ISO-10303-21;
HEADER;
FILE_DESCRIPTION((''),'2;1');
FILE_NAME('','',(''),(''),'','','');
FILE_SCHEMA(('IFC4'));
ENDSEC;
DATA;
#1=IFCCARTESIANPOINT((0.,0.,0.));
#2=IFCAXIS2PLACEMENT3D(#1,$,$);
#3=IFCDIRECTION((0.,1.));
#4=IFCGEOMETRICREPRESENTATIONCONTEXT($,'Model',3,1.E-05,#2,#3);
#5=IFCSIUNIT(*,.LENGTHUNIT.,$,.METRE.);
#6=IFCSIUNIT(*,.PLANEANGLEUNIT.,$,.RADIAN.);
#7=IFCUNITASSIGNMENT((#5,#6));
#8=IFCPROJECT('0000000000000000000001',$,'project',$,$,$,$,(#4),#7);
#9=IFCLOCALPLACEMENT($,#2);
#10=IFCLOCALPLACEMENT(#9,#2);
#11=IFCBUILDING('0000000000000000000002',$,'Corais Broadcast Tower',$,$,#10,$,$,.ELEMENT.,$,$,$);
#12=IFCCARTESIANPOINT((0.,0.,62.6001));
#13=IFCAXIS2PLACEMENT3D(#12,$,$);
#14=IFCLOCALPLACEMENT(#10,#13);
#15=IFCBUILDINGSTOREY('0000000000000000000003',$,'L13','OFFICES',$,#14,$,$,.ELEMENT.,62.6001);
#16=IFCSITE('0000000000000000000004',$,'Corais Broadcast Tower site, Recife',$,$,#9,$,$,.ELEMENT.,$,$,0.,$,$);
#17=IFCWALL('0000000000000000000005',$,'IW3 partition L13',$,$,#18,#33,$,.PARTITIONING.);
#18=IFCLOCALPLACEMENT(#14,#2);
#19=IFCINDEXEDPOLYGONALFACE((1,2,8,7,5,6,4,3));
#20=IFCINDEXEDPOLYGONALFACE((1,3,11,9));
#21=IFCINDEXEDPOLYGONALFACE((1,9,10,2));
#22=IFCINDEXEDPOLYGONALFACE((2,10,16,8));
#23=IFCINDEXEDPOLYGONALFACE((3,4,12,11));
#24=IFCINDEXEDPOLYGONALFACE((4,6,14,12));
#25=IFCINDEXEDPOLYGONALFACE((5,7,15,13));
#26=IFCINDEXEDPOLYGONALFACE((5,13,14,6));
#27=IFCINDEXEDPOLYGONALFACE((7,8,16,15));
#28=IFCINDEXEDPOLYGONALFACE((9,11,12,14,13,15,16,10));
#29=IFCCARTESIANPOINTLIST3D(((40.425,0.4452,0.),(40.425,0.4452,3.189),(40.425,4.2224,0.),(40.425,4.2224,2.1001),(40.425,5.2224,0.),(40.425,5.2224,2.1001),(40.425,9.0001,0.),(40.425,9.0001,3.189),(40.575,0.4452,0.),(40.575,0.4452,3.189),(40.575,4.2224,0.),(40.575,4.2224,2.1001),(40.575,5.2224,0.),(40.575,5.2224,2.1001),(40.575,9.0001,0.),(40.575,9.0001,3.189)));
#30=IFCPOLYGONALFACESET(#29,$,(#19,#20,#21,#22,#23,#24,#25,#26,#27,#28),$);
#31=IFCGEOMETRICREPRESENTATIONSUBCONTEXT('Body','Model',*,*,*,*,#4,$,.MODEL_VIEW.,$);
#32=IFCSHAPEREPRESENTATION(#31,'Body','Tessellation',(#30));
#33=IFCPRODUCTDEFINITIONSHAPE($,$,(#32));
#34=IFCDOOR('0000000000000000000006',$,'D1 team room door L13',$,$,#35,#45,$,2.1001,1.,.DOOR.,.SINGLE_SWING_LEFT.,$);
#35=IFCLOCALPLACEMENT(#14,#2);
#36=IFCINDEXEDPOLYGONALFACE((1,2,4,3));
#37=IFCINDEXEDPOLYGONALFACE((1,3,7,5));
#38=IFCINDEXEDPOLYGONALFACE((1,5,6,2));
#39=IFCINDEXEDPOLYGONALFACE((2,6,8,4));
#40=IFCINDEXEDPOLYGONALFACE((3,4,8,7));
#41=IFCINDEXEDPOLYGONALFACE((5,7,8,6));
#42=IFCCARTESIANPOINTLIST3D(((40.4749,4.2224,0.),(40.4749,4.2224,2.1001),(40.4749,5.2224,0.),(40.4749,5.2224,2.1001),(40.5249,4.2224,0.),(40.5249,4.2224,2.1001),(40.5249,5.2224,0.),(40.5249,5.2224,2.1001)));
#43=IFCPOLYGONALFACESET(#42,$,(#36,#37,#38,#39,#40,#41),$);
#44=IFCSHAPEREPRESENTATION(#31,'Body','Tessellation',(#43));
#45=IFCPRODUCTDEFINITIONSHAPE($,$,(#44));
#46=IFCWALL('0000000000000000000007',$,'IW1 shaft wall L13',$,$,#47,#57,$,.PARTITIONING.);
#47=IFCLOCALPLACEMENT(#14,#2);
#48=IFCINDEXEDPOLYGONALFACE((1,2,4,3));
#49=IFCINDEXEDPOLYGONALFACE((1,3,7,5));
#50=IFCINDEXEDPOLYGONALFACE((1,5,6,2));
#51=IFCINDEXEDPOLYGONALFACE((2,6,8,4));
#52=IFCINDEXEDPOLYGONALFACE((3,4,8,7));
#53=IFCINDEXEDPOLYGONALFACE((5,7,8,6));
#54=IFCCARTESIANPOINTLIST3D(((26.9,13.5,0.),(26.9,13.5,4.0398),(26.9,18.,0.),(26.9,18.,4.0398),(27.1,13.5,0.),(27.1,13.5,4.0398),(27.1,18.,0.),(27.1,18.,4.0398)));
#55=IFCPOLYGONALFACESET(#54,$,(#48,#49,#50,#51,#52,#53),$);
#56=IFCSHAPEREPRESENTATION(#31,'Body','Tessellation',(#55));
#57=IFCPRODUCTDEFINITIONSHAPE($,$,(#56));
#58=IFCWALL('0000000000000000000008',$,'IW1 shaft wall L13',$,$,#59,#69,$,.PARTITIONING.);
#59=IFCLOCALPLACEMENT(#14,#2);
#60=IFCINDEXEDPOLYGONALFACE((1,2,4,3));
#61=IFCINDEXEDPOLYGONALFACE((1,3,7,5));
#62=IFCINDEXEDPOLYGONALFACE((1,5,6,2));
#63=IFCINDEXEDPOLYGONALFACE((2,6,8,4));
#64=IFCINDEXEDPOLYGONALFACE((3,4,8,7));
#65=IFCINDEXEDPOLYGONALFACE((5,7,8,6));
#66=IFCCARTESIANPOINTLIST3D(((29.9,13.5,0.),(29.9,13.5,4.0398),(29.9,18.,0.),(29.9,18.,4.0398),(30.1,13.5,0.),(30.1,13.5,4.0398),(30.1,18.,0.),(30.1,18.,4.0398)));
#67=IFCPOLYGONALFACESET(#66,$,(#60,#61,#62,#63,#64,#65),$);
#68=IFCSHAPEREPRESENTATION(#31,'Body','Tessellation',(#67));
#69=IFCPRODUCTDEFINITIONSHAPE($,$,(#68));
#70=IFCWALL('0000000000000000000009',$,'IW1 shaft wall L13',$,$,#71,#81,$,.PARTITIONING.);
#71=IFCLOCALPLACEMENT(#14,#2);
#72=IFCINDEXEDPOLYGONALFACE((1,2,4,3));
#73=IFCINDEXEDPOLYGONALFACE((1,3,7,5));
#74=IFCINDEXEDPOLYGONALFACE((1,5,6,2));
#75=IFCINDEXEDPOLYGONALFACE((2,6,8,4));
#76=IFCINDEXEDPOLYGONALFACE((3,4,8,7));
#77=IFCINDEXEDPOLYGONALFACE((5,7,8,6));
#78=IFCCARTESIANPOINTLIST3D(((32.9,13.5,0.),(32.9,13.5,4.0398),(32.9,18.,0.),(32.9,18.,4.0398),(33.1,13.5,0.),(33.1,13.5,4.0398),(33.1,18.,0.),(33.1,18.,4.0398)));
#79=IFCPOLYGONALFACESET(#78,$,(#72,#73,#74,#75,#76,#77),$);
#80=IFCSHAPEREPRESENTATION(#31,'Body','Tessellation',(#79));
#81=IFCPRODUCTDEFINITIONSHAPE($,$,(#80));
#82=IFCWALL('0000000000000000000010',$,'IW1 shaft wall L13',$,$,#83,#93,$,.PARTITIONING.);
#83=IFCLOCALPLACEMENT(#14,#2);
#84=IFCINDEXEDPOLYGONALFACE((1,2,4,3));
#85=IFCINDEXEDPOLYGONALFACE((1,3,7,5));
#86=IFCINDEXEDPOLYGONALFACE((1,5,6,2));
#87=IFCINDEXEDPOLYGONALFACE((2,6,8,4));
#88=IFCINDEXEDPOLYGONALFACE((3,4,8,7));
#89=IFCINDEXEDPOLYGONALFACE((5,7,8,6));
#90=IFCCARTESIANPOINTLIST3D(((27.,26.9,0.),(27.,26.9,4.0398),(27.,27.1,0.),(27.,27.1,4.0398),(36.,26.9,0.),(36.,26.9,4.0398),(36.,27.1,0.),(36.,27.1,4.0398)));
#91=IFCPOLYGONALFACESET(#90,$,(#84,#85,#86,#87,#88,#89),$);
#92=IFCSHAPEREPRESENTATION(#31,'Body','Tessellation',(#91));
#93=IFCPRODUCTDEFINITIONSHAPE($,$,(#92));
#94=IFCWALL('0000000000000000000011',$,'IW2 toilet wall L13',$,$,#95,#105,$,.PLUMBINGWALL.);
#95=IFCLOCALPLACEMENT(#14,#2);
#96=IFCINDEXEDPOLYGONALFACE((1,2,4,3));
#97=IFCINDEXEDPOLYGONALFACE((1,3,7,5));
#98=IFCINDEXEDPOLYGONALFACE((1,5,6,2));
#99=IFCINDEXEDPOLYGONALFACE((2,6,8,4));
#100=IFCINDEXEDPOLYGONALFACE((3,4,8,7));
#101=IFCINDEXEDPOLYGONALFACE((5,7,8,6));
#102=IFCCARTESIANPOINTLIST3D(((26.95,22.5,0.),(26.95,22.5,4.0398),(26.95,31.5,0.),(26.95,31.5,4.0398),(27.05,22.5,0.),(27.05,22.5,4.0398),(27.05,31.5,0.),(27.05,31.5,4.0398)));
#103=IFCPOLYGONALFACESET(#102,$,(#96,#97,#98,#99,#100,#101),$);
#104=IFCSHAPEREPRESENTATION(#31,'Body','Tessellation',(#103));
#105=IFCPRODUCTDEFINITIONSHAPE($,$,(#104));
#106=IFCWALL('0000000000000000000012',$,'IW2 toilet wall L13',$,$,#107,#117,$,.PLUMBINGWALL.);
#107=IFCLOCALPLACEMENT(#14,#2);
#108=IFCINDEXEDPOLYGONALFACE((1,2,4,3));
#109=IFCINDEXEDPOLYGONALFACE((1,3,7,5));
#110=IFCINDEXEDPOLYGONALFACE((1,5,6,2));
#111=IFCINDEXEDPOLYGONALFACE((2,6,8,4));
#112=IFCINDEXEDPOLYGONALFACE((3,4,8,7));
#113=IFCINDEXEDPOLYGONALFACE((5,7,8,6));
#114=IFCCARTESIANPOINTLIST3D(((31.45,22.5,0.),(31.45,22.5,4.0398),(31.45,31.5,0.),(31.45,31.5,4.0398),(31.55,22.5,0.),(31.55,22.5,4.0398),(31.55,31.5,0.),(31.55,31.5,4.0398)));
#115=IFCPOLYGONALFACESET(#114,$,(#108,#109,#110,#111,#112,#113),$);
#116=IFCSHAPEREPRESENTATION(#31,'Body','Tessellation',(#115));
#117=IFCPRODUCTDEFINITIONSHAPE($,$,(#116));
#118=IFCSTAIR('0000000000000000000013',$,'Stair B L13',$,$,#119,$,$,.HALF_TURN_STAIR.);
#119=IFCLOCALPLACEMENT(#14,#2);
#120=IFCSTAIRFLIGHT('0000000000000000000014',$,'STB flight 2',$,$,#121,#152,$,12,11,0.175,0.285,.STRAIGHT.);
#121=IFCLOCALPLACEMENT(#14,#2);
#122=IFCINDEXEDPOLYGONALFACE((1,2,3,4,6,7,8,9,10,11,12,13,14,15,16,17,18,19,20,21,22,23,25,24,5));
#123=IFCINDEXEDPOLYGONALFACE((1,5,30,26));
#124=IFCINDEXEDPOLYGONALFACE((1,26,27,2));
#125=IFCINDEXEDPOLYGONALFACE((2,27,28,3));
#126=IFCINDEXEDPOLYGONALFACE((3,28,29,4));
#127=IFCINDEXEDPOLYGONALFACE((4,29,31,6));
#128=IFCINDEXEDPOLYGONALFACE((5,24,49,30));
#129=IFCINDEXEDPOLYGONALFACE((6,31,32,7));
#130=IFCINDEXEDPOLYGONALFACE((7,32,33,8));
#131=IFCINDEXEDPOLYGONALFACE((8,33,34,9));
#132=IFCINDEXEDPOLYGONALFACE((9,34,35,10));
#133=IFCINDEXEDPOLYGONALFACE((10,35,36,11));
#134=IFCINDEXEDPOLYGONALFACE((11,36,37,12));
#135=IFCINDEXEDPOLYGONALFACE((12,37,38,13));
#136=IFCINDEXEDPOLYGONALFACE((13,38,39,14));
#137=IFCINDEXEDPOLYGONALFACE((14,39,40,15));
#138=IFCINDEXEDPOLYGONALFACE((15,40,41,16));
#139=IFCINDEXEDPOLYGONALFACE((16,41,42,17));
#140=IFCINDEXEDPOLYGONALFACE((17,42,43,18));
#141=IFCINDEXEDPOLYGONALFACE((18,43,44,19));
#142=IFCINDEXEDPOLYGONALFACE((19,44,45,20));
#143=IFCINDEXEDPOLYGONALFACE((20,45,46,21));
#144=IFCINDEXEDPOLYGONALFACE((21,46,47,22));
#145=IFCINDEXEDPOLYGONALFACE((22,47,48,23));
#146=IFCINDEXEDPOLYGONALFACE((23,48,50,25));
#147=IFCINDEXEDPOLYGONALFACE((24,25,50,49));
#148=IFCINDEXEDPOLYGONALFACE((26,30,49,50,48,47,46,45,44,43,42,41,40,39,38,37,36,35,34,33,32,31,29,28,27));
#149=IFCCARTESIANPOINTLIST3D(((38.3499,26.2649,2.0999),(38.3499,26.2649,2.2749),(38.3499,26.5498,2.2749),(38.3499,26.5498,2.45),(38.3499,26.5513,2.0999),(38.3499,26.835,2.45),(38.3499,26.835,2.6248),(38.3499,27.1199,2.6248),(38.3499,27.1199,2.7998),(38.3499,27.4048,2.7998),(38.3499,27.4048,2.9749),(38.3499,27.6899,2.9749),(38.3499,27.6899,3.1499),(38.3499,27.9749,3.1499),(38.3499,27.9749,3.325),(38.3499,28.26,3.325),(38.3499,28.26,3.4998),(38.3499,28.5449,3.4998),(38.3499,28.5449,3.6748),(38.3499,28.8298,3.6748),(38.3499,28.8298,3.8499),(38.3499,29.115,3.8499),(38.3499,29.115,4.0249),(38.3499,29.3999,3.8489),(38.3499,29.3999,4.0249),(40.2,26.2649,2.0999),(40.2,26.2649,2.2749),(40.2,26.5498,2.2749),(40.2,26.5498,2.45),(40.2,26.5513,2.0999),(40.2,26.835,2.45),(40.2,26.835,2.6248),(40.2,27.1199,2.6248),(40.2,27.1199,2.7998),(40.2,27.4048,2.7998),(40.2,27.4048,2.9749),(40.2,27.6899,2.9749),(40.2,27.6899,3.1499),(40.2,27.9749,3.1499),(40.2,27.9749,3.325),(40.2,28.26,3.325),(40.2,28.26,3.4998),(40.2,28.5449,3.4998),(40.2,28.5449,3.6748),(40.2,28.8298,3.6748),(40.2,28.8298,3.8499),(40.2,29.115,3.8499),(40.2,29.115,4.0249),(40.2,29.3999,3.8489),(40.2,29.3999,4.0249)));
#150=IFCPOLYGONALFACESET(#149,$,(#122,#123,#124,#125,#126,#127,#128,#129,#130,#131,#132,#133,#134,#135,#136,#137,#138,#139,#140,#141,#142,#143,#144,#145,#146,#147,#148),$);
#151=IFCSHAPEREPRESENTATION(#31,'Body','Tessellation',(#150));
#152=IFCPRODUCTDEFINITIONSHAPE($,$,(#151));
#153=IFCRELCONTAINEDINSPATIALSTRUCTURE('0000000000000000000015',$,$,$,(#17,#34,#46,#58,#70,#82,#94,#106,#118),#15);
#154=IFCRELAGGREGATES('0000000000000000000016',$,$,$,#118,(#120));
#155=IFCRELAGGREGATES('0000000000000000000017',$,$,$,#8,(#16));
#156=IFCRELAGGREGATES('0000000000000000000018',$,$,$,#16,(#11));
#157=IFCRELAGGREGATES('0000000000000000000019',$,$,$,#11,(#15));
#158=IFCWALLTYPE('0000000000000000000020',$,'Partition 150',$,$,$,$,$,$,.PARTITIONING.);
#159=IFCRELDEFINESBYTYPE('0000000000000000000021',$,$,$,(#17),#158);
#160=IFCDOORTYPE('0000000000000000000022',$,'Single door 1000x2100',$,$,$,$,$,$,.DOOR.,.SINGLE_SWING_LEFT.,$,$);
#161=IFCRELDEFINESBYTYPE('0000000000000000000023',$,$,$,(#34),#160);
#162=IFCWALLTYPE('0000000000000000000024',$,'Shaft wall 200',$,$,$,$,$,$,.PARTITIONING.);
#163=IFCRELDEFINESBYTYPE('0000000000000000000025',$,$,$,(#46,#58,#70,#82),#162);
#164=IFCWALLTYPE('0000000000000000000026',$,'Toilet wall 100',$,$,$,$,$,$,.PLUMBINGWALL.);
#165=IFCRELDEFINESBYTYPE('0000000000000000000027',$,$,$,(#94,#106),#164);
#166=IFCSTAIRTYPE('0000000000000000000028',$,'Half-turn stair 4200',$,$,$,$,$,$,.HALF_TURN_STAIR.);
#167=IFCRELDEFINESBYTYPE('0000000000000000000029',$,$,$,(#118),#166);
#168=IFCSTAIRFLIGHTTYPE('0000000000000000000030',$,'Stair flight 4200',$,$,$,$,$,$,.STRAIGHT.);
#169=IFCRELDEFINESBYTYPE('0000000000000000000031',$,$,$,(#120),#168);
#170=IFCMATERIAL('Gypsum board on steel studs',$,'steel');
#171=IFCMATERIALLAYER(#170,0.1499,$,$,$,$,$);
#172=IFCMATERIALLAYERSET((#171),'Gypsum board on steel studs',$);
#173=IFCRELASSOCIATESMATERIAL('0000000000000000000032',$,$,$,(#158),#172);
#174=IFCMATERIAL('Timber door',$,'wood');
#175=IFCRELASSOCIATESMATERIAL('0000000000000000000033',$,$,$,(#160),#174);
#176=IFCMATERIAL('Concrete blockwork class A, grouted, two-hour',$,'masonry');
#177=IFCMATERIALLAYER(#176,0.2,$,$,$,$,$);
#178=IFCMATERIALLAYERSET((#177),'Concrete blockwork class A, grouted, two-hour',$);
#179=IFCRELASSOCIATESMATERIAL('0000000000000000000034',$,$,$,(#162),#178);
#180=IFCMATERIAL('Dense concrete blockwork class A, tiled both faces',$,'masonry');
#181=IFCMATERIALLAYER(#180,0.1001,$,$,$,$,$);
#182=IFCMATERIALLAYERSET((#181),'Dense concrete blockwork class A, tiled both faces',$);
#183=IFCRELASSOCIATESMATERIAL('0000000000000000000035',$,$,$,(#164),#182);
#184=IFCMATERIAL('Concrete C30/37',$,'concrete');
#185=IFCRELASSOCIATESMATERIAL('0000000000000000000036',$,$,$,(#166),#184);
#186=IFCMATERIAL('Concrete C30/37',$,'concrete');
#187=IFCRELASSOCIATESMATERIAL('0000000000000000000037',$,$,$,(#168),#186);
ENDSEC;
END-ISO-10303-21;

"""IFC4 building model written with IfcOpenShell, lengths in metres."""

from ifc_helpers import new_model, si_unit, direction, frame, frame_2d, origin, place, context, subcontext, project, spatial, polyline, rectangle, outline, extrude, material, layer, layer_set, type_object, element, fill, aggregate, save


model = new_model("IFC4")

# Units and contexts
model_context = context("Model", 3, precision=1e-05, world=origin(), true_north=direction((0.0, 1.0)))
body_context = subcontext(model_context, "Body", "Model", "MODEL_VIEW")
ifc_project = project(units=[si_unit("LENGTHUNIT", "METRE"), si_unit("PLANEANGLEUNIT", "RADIAN")], contexts=[model_context])

# Site, building, storey
site_placement = place(None, origin())
site = spatial("IfcSite", under=ifc_project, at=site_placement, Name="Corais Broadcast Tower site, Recife", CompositionType="ELEMENT", RefElevation=0.0)
building_placement = place(site_placement, origin())
building = spatial("IfcBuilding", under=site, at=building_placement, Name="Corais Broadcast Tower", CompositionType="ELEMENT")
storey_placement = place(building_placement, frame((0.0, 0.0, 62.6001)))
storey = spatial("IfcBuildingStorey", under=building, at=storey_placement, Name="L13", Description="OFFICES", CompositionType="ELEMENT", Elevation=62.6001)

# Shared definitions
ifc_material_1 = material(Name="Gypsum board on steel studs", Category="steel")
ifc_layer_1 = layer(ifc_material_1, 0.1499)
ifc_layer_set_1 = layer_set([ifc_layer_1], Name="Gypsum board on steel studs")
wall_type_1 = type_object("IfcWallType", Name="Partition 150", PredefinedType="PARTITIONING", material=ifc_layer_set_1)

# Shared definitions
ifc_material_2 = material(Name="Timber door", Category="wood")
door_type_1 = type_object("IfcDoorType", Name="Single door 1000x2100", OperationType="SINGLE_SWING_LEFT", PredefinedType="DOOR", material=ifc_material_2)

# Wall, opening, door
wall_1_placement = place(storey_placement, frame((40.5, 9.0, 0.0), z_axis=(0.0, 0.0, 1.0), x_axis=(0.0, -1.0, 0.0)))
wall_1 = element("IfcWall", 1, at=wall_1_placement, inside=storey, type_object=wall_type_1, Name="IW3 partition L13", PredefinedType="PARTITIONING", context=body_context, shape_type="SweptSolid", body=[
    extrude(rectangle(XDim=8.5549, YDim=0.1499, at=frame_2d((4.2773, 0.0))), origin(), (0.0, 0.0, 1.0), 3.189),
])
opening_1_placement = place(wall_1_placement, frame((3.7776, 0.0, 0.0)))
opening_1 = element("IfcOpeningElement", 2, at=opening_1_placement, cuts=wall_1, PredefinedType="OPENING", context=body_context, shape_type="SweptSolid", body=[
    extrude(rectangle(XDim=1.0, YDim=2.1001, at=frame_2d((0.5, 1.05))), frame((0.0, 0.085, 0.0), z_axis=(0.0, -1.0, 0.0), x_axis=(1.0, 0.0, 0.0)), (0.0, 0.0, 1.0), 0.1699),
])
door_1_placement = place(opening_1_placement, origin())
door_1 = element("IfcDoor", 3, at=door_1_placement, inside=storey, type_object=door_type_1, Name="D1 team room door L13", OperationType="SINGLE_SWING_LEFT", OverallHeight=2.1001, OverallWidth=1.0, PredefinedType="DOOR", context=body_context, shape_type="SweptSolid", body=[
    extrude(rectangle(XDim=1.0, YDim=2.1001, at=frame_2d((0.5, 1.05))), frame((0.0, 0.0249, 0.0), z_axis=(0.0, -1.0, 0.0), x_axis=(1.0, 0.0, 0.0)), (0.0, 0.0, 1.0), 0.05),
])
fill(opening_1, door_1)

# Walls
ifc_material_3 = material(Name="Concrete blockwork class A, grouted, two-hour", Category="masonry")
ifc_layer_2 = layer(ifc_material_3, 0.2)
ifc_layer_set_2 = layer_set([ifc_layer_2], Name="Concrete blockwork class A, grouted, two-hour")
wall_type_2 = type_object("IfcWallType", Name="Shaft wall 200", PredefinedType="PARTITIONING", material=ifc_layer_set_2)
for number, where, z_axis, x_axis, name in (
    (4, (27.0, 13.5, 0.0), (0.0, 0.0, 1.0), (0.0, 1.0, 0.0), "IW1 shaft wall L13"),
    (5, (30.0, 13.5, 0.0), (0.0, 0.0, 1.0), (0.0, 1.0, 0.0), "IW1 shaft wall L13"),
    (6, (33.0, 13.5, 0.0), (0.0, 0.0, 1.0), (0.0, 1.0, 0.0), "IW1 shaft wall L13"),
):
    element("IfcWall", number, at=place(storey_placement, frame(where, z_axis=z_axis, x_axis=x_axis)), inside=storey, type_object=wall_type_2, Name=name, PredefinedType="PARTITIONING", context=body_context, shape_type="SweptSolid", body=[
        extrude(rectangle(XDim=4.5, YDim=0.2, at=frame_2d((2.25, 0.0))), origin(), (0.0, 0.0, 1.0), 4.0398),
    ])
wall_2_placement = place(storey_placement, frame((27.0, 27.0, 0.0), z_axis=(0.0, 0.0, 1.0), x_axis=(1.0, 0.0, 0.0)))
element("IfcWall", 7, at=wall_2_placement, inside=storey, type_object=wall_type_2, Name="IW1 shaft wall L13", PredefinedType="PARTITIONING", context=body_context, shape_type="SweptSolid", body=[
    extrude(rectangle(XDim=9.0, YDim=0.2, at=frame_2d((4.5, 0.0))), origin(), (0.0, 0.0, 1.0), 4.0398),
])
ifc_material_4 = material(Name="Dense concrete blockwork class A, tiled both faces", Category="masonry")
ifc_layer_3 = layer(ifc_material_4, 0.1001)
ifc_layer_set_3 = layer_set([ifc_layer_3], Name="Dense concrete blockwork class A, tiled both faces")
wall_type_3 = type_object("IfcWallType", Name="Toilet wall 100", PredefinedType="PLUMBINGWALL", material=ifc_layer_set_3)
for number, where, z_axis, x_axis, name in (
    (8, (27.0, 22.5, 0.0), (0.0, 0.0, 1.0), (0.0, 1.0, 0.0), "IW2 toilet wall L13"),
    (9, (31.5, 22.5, 0.0), (0.0, 0.0, 1.0), (0.0, 1.0, 0.0), "IW2 toilet wall L13"),
):
    element("IfcWall", number, at=place(storey_placement, frame(where, z_axis=z_axis, x_axis=x_axis)), inside=storey, type_object=wall_type_3, Name=name, PredefinedType="PLUMBINGWALL", context=body_context, shape_type="SweptSolid", body=[
        extrude(rectangle(XDim=9.0, YDim=0.1001, at=frame_2d((4.5, 0.0))), origin(), (0.0, 0.0, 1.0), 4.0398),
    ])

# Stair, stair flight
ifc_material_5 = material(Name="Concrete C30/37", Category="concrete")
stair_type = type_object("IfcStairType", Name="Half-turn stair 4200", PredefinedType="HALF_TURN_STAIR", material=ifc_material_5)
stair_placement = place(storey_placement, origin())
stair = element("IfcStair", 10, at=stair_placement, inside=storey, type_object=stair_type, Name="Stair B L13", PredefinedType="HALF_TURN_STAIR")
ifc_material_6 = material(Name="Concrete C30/37", Category="concrete")
stair_flight_type = type_object("IfcStairFlightType", Name="Stair flight 4200", PredefinedType="STRAIGHT", material=ifc_material_6)
stair_flight_placement = place(storey_placement, frame((39.2749, 26.2649, 2.0999), z_axis=(0.0, 0.0, 1.0), x_axis=(0.0, 1.0, 0.0)))
stair_flight = element("IfcStairFlight", 11, at=stair_flight_placement, type_object=stair_flight_type, Name="STB flight 2", NumberOfRisers=12, NumberOfTreads=11, PredefinedType="STRAIGHT", RiserHeight=0.175, TreadLength=0.285, context=body_context, shape_type="SweptSolid", body=[
    extrude(outline(polyline([(0.0, 0.0), (0.0, 0.175), (0.2849, 0.175), (0.2849, 0.3501), (0.5701, 0.3501), (0.5701, 0.5249), (0.855, 0.5249), (0.855, 0.7), (1.1399, 0.7), (1.1399, 0.875), (1.425, 0.875), (1.425, 1.05), (1.71, 1.05), (1.71, 1.2251), (1.9951, 1.2251), (1.9951, 1.3999), (2.28, 1.3999), (2.28, 1.575), (2.5649, 1.575), (2.5649, 1.75), (2.8501, 1.75), (2.8501, 1.925), (3.135, 1.925), (3.135, 2.1001), (3.135, 1.749), (0.2864, 0.0), (0.0, 0.0)])), frame((0.0, 0.925, 0.0), z_axis=(0.0, -1.0, 0.0), x_axis=(1.0, 0.0, 0.0)), (0.0, 0.0, 1.0), 1.8501),
])
aggregate(stair, [stair_flight])

save(model, "model.ifc")
